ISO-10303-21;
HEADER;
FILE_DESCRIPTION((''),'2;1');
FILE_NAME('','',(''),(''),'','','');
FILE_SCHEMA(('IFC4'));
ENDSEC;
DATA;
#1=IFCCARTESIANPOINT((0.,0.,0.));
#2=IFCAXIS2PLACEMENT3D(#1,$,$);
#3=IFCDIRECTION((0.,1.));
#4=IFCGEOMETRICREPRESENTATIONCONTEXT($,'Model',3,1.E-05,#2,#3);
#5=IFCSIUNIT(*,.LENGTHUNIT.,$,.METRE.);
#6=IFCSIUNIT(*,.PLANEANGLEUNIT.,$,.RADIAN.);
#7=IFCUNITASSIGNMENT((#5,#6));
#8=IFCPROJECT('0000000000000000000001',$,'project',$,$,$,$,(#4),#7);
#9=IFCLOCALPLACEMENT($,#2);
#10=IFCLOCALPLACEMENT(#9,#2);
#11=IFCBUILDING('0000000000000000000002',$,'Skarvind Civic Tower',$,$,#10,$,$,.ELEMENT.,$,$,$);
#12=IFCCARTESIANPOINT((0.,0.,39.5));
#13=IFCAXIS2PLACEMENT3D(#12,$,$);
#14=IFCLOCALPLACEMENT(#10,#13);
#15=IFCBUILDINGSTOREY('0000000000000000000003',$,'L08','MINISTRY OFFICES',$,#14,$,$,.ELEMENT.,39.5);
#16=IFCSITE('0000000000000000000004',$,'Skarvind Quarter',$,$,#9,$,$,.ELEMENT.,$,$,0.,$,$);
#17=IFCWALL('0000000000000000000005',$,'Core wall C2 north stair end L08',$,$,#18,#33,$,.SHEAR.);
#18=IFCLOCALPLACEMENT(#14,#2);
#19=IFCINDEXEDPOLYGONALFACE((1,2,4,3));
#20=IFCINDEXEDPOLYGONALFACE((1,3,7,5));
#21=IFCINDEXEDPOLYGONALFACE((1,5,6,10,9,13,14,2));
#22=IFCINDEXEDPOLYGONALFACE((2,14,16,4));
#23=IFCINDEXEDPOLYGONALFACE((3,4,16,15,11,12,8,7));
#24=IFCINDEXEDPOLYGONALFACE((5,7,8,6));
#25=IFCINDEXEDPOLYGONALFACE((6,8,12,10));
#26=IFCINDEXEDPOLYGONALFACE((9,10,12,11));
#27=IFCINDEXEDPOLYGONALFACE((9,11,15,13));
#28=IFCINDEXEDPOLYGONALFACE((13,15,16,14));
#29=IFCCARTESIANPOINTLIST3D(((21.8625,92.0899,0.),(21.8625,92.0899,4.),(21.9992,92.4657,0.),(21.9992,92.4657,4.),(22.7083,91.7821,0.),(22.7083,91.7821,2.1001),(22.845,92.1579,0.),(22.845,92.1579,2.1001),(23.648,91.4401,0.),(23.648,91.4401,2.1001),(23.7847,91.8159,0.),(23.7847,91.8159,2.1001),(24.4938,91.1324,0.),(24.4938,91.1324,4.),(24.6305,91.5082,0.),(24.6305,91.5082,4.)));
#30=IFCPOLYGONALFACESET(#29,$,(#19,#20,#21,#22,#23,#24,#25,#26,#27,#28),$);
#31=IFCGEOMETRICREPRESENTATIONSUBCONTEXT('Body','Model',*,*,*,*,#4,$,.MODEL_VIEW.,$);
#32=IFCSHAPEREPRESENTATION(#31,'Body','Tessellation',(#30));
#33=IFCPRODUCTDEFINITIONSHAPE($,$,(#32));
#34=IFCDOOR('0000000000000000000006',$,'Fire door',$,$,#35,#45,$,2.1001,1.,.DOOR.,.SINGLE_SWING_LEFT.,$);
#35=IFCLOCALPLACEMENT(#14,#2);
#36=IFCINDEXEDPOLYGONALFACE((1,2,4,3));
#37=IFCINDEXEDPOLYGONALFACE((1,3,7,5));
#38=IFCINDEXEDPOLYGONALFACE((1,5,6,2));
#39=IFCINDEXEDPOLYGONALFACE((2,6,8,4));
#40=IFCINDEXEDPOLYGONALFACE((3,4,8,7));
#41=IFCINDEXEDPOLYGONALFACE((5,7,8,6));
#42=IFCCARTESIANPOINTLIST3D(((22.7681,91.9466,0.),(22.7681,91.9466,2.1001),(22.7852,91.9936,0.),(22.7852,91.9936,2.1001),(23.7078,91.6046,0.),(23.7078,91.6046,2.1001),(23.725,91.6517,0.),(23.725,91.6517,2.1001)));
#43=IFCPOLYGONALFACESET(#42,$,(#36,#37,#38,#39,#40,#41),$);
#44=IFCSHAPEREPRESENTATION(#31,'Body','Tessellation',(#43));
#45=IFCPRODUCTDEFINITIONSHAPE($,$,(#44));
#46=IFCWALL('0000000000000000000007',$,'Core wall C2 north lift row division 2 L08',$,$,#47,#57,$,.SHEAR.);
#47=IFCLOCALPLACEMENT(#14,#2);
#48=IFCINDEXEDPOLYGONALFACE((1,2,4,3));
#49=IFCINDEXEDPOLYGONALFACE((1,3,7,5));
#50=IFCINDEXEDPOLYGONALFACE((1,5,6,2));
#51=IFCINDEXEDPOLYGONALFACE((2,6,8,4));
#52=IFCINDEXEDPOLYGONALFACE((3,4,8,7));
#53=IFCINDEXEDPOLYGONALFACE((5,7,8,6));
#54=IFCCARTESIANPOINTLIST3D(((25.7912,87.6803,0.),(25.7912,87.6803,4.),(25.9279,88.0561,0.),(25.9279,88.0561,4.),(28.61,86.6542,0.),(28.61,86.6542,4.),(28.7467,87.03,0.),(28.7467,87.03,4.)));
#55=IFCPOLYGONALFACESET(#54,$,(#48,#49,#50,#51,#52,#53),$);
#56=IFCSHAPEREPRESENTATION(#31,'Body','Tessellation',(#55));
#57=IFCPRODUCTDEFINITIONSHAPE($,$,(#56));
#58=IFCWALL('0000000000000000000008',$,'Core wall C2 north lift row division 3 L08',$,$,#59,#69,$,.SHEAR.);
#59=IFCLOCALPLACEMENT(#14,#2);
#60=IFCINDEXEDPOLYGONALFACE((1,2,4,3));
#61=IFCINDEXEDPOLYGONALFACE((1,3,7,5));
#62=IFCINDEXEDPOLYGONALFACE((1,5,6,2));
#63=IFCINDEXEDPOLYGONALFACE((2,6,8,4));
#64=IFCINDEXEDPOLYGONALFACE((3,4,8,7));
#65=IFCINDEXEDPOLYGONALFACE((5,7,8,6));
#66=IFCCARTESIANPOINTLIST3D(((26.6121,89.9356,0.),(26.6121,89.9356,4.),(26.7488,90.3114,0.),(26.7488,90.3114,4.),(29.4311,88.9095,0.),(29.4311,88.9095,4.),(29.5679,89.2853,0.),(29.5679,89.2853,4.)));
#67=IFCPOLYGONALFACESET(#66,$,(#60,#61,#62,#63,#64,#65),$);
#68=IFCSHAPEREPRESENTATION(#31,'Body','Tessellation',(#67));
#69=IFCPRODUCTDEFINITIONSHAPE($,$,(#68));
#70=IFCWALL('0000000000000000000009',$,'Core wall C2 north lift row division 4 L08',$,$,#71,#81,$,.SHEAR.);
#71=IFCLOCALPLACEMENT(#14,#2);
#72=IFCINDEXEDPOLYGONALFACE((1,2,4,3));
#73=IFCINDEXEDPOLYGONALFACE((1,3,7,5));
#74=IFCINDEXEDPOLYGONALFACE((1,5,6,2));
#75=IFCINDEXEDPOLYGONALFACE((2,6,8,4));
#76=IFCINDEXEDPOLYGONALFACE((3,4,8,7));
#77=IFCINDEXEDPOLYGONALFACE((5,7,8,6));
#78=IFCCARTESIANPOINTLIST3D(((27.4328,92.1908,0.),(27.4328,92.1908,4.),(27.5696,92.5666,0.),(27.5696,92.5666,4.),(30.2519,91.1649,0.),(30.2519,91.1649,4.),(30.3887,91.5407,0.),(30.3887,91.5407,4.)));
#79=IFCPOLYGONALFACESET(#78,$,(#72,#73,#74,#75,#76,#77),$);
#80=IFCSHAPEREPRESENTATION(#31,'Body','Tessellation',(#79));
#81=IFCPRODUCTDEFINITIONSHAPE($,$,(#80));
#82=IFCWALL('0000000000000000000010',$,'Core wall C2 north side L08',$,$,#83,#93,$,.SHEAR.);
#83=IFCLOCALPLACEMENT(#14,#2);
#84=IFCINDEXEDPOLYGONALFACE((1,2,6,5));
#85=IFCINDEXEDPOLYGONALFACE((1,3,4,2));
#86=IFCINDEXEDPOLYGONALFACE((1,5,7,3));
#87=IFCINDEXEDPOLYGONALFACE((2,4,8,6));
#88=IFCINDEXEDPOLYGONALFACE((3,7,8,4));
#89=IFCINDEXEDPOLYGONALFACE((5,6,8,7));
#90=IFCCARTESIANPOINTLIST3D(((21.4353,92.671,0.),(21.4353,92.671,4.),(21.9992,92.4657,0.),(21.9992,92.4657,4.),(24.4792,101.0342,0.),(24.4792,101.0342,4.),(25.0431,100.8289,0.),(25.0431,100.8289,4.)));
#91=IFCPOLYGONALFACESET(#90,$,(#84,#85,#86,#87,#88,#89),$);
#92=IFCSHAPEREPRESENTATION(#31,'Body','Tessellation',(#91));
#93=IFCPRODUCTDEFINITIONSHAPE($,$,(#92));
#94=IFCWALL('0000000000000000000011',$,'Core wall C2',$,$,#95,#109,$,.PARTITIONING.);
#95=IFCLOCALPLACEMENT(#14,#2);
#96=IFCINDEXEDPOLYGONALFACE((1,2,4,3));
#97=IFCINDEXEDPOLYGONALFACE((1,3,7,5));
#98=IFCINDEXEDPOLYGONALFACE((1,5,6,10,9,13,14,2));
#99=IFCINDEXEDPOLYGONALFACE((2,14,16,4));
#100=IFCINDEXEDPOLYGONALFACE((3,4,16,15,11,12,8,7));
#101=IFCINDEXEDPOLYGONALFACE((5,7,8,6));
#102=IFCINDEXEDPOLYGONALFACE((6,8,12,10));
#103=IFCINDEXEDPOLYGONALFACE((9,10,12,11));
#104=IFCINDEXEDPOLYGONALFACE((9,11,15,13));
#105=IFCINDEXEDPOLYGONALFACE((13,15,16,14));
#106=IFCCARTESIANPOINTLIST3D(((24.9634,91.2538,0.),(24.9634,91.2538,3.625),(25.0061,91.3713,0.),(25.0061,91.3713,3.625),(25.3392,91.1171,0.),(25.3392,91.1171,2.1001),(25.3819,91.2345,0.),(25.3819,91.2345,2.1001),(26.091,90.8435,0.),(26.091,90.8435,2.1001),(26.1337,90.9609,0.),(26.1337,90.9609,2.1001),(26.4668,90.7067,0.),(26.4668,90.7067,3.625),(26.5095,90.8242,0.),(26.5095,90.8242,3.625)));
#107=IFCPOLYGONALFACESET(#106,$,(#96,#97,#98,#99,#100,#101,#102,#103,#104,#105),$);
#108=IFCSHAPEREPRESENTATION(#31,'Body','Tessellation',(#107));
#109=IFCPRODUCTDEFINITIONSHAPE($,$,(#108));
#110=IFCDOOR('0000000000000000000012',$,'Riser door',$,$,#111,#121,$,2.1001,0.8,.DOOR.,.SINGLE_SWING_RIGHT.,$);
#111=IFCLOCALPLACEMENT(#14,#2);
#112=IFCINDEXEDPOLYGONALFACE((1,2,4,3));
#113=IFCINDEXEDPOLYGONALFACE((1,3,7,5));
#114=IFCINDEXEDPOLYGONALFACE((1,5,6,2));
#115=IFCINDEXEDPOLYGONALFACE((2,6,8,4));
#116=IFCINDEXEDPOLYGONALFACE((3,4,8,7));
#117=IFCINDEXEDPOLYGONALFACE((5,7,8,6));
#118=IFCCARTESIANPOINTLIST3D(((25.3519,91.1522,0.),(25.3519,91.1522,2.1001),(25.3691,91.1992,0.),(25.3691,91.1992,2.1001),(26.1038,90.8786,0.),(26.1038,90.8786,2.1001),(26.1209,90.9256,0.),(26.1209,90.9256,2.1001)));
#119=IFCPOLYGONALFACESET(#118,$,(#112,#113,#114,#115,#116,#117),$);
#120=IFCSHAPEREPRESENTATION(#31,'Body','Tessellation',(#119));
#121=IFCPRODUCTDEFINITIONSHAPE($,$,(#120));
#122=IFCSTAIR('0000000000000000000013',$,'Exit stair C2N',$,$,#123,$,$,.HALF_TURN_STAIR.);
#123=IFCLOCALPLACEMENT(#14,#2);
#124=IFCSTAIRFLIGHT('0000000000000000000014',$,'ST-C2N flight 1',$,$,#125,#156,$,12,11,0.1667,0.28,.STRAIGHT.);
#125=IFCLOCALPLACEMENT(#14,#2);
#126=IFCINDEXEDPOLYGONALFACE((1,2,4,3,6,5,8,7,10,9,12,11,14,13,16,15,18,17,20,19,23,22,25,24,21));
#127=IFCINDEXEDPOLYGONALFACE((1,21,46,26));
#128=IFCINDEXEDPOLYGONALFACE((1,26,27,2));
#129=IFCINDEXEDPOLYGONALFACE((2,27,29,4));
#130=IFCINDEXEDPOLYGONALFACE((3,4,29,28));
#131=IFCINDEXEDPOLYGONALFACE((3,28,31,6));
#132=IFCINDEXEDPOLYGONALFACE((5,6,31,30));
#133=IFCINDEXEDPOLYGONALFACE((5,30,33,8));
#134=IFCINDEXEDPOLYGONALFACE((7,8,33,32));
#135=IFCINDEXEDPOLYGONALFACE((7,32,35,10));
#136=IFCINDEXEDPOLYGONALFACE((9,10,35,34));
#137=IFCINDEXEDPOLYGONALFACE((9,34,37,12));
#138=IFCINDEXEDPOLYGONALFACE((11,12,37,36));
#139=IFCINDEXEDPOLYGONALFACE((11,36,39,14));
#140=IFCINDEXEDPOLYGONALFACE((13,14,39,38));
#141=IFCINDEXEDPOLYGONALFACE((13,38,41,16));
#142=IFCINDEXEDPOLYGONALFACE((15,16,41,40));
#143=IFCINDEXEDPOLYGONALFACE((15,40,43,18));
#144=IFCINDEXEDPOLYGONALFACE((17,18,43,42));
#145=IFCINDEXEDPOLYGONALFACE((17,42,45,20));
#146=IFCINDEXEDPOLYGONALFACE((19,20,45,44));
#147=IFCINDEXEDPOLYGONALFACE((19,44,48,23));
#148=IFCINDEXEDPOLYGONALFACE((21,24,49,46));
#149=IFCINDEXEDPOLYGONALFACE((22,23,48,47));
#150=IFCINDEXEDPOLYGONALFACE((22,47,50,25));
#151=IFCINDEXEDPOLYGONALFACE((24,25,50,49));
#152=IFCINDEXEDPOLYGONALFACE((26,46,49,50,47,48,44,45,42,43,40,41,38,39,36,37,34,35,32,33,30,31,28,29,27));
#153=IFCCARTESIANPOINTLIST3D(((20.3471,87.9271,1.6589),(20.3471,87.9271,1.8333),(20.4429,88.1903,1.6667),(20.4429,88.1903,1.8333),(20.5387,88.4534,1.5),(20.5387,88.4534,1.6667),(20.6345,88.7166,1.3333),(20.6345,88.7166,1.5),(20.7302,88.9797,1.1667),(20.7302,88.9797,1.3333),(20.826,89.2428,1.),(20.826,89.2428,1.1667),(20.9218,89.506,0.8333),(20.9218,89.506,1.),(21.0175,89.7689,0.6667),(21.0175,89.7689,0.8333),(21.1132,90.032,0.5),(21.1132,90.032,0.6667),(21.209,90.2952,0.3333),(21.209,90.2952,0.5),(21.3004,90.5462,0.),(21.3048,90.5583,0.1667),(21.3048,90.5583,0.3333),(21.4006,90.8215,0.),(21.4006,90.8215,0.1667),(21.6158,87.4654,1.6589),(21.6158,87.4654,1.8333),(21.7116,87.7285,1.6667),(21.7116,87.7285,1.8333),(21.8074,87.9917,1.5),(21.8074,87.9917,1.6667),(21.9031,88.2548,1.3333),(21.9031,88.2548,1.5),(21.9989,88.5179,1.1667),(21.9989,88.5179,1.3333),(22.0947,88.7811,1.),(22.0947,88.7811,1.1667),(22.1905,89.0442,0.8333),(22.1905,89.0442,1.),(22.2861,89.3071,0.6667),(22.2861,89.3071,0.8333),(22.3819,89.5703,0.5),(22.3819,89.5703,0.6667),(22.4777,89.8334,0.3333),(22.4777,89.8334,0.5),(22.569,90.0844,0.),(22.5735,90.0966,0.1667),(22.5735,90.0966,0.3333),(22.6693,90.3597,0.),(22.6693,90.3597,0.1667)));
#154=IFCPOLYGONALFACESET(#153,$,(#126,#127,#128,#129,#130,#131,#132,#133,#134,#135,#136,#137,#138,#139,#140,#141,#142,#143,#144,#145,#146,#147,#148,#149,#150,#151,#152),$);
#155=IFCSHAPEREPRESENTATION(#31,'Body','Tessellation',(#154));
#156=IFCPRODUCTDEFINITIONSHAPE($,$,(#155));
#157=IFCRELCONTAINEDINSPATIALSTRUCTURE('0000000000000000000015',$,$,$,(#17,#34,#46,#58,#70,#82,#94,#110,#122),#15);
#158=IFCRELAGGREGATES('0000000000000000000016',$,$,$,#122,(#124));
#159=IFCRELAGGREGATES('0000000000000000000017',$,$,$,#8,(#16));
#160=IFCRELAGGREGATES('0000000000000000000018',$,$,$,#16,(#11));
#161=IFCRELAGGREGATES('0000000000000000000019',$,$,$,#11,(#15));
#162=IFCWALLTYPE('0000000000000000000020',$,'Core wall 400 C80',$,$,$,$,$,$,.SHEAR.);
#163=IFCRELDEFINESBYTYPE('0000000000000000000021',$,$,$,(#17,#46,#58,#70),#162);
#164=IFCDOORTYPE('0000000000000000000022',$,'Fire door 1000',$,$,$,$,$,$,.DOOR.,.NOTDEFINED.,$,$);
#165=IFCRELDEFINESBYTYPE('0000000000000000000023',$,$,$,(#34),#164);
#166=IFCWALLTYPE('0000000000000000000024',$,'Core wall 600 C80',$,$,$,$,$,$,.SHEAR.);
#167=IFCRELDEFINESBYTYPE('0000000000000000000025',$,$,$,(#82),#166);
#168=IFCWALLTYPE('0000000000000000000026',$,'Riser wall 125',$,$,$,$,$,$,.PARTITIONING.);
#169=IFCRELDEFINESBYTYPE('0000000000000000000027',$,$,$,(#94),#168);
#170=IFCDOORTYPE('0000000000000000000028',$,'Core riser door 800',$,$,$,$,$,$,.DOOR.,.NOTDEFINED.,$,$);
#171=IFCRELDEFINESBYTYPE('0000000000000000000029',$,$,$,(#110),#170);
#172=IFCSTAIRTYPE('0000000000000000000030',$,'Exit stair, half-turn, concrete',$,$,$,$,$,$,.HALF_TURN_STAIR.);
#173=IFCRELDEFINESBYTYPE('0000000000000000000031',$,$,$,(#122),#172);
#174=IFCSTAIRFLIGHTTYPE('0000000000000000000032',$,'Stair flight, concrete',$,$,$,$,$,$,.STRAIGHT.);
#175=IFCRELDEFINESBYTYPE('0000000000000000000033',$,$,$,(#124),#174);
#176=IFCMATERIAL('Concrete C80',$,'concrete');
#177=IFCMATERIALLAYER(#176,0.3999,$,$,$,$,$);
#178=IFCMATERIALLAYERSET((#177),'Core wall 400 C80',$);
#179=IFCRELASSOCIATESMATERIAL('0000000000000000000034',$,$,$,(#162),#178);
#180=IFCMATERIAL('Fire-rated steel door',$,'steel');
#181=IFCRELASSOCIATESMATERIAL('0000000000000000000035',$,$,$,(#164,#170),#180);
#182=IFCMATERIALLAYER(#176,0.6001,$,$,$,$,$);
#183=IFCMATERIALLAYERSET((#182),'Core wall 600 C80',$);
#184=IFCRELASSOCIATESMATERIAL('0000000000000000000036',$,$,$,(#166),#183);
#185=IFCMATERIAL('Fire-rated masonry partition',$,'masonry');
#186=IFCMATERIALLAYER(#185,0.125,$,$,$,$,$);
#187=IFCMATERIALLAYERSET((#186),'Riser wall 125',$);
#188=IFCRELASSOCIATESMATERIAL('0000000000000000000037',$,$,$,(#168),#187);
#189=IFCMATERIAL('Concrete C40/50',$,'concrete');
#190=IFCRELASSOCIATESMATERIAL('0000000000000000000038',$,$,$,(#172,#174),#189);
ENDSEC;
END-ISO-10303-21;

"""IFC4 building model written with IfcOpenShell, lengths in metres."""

from ifc_helpers import new_model, si_unit, direction, frame, frame_2d, origin, place, context, subcontext, project, spatial, polyline, rectangle, outline, extrude, material, layer, layer_set, type_object, element, fill, aggregate, save


model = new_model("IFC4")

# Units and contexts
model_context = context("Model", 3, precision=1e-05, world=origin(), true_north=direction((0.0, 1.0)))
body_context = subcontext(model_context, "Body", "Model", "MODEL_VIEW")
ifc_project = project(units=[si_unit("LENGTHUNIT", "METRE"), si_unit("PLANEANGLEUNIT", "RADIAN")], contexts=[model_context])

# Site, building, storey
site_placement = place(None, origin())
site = spatial("IfcSite", under=ifc_project, at=site_placement, Name="Skarvind Quarter", CompositionType="ELEMENT", RefElevation=0.0)
building_placement = place(site_placement, origin())
building = spatial("IfcBuilding", under=site, at=building_placement, Name="Skarvind Civic Tower", CompositionType="ELEMENT")
storey_placement = place(building_placement, frame((0.0, 0.0, 39.5)))
storey = spatial("IfcBuildingStorey", under=building, at=storey_placement, Name="L08", Description="MINISTRY OFFICES", CompositionType="ELEMENT", Elevation=39.5)

# Wall, opening, door
ifc_material_1 = material(Name="Concrete C80", Category="concrete")
ifc_layer_1 = layer(ifc_material_1, 0.3999)
ifc_layer_set_1 = layer_set([ifc_layer_1], Name="Core wall 400 C80")
wall_type_1 = type_object("IfcWallType", Name="Core wall 400 C80", PredefinedType="SHEAR", material=ifc_layer_set_1)
wall_1_placement = place(storey_placement, frame((24.562, 91.3203, 0.0), z_axis=(0.0, 0.0, 1.0), x_axis=(-0.939717, 0.341953, 0.0)))
wall_1 = element("IfcWall", 1, at=wall_1_placement, inside=storey, type_object=wall_type_1, Name="Core wall C2 north stair end L08", PredefinedType="SHEAR", context=body_context, shape_type="SweptSolid", body=[
    extrude(rectangle(XDim=2.8, YDim=0.3999, at=frame_2d((1.3999, 0.0))), origin(), (0.0, 0.0, 1.0), 4.0),
])
opening_1_placement = place(wall_1_placement, frame((0.8999, 0.0, 0.0)))
opening_1 = element("IfcOpeningElement", 2, at=opening_1_placement, cuts=wall_1, PredefinedType="OPENING", context=body_context, shape_type="SweptSolid", body=[
    extrude(rectangle(XDim=1.0, YDim=2.1001, at=frame_2d((0.5, 1.05))), frame((0.0, 0.21, 0.0), z_axis=(0.0, -1.0, 0.0), x_axis=(1.0, 0.0, 0.0)), (0.0, 0.0, 1.0), 0.4199),
])
ifc_material_2 = material(Name="Fire-rated steel door", Category="steel")
door_type_1 = type_object("IfcDoorType", Name="Fire door 1000", OperationType="NOTDEFINED", PredefinedType="DOOR", material=ifc_material_2)
door_1_placement = place(opening_1_placement, origin())
door_1 = element("IfcDoor", 3, at=door_1_placement, inside=storey, type_object=door_type_1, Name="Fire door", OperationType="SINGLE_SWING_LEFT", OverallHeight=2.1001, OverallWidth=1.0, PredefinedType="DOOR", context=body_context, shape_type="SweptSolid", body=[
    extrude(rectangle(XDim=1.0, YDim=2.1001, at=frame_2d((0.5, 1.05))), frame((0.0, 0.0249, 0.0), z_axis=(0.0, -1.0, 0.0), x_axis=(1.0, 0.0, 0.0)), (0.0, 0.0, 1.0), 0.05),
])
fill(opening_1, door_1)

# Walls
wall_2_placement = place(storey_placement, frame((28.6785, 86.842, 0.0), z_axis=(0.0, 0.0, 1.0), x_axis=(-0.939677, 0.342063, 0.0)))
element("IfcWall", 4, at=wall_2_placement, inside=storey, type_object=wall_type_1, Name="Core wall C2 north lift row division 2 L08", PredefinedType="SHEAR", context=body_context, shape_type="SweptSolid", body=[
    extrude(rectangle(XDim=2.9998, YDim=0.3999, at=frame_2d((1.5, 0.0))), origin(), (0.0, 0.0, 1.0), 4.0),
])
for number, where, z_axis, x_axis, name in (
    (5, (29.4995, 89.0974, 0.0), (0.0, 0.0, 1.0), (-0.939686, 0.342037, 0.0), "Core wall C2 north lift row division 3 L08"),
    (6, (30.3203, 91.3528, 0.0), (0.0, 0.0, 1.0), (-0.939713, 0.341965, 0.0), "Core wall C2 north lift row division 4 L08"),
):
    element("IfcWall", number, at=place(storey_placement, frame(where, z_axis=z_axis, x_axis=x_axis)), inside=storey, type_object=wall_type_1, Name=name, PredefinedType="SHEAR", context=body_context, shape_type="SweptSolid", body=[
        extrude(rectangle(XDim=3.0, YDim=0.3999, at=frame_2d((1.5, 0.0))), origin(), (0.0, 0.0, 1.0), 4.0),
    ])
ifc_layer_2 = layer(ifc_material_1, 0.6001)
ifc_layer_set_2 = layer_set([ifc_layer_2], Name="Core wall 600 C80")
wall_type_2 = type_object("IfcWallType", Name="Core wall 600 C80", PredefinedType="SHEAR", material=ifc_layer_set_2)
wall_3_placement = place(storey_placement, frame((21.7173, 92.5684, 0.0), z_axis=(0.0, 0.0, 1.0), x_axis=(0.342016, 0.939694, 0.0)))
element("IfcWall", 7, at=wall_3_placement, inside=storey, type_object=wall_type_2, Name="Core wall C2 north side L08", PredefinedType="SHEAR", context=body_context, shape_type="SweptSolid", body=[
    extrude(rectangle(XDim=8.8999, YDim=0.6001, at=frame_2d((4.45, 0.0))), origin(), (0.0, 0.0, 1.0), 4.0),
])

# Wall, opening, door
ifc_material_3 = material(Name="Fire-rated masonry partition", Category="masonry")
ifc_layer_3 = layer(ifc_material_3, 0.125)
ifc_layer_set_3 = layer_set([ifc_layer_3], Name="Riser wall 125")
wall_type_3 = type_object("IfcWallType", Name="Riser wall 125", PredefinedType="PARTITIONING", material=ifc_layer_set_3)
wall_4_placement = place(storey_placement, frame((24.9849, 91.3125, 0.0), z_axis=(0.0, 0.0, 1.0), x_axis=(0.939709, -0.341976, 0.0)))
wall_4 = element("IfcWall", 8, at=wall_4_placement, inside=storey, type_object=wall_type_3, Name="Core wall C2", PredefinedType="PARTITIONING", context=body_context, shape_type="SweptSolid", body=[
    extrude(rectangle(XDim=1.5999, YDim=0.125, at=frame_2d((0.7998, 0.0))), origin(), (0.0, 0.0, 1.0), 3.625),
])
opening_2_placement = place(wall_4_placement, frame((0.3999, 0.0, 0.0)))
opening_2 = element("IfcOpeningElement", 9, at=opening_2_placement, cuts=wall_4, PredefinedType="OPENING", context=body_context, shape_type="SweptSolid", body=[
    extrude(rectangle(XDim=0.8, YDim=2.1001, at=frame_2d((0.3999, 1.05))), frame((0.0, 0.0725, 0.0), z_axis=(0.0, -1.0, 0.0), x_axis=(1.0, 0.0, 0.0)), (0.0, 0.0, 1.0), 0.145),
])
door_type_2 = type_object("IfcDoorType", Name="Core riser door 800", OperationType="NOTDEFINED", PredefinedType="DOOR", material=ifc_material_2)
door_2_placement = place(opening_2_placement, origin())
door_2 = element("IfcDoor", 10, at=door_2_placement, inside=storey, type_object=door_type_2, Name="Riser door", OperationType="SINGLE_SWING_RIGHT", OverallHeight=2.1001, OverallWidth=0.8, PredefinedType="DOOR", context=body_context, shape_type="SweptSolid", body=[
    extrude(rectangle(XDim=0.8, YDim=2.1001, at=frame_2d((0.3999, 1.05))), frame((0.0, 0.0249, 0.0), z_axis=(0.0, -1.0, 0.0), x_axis=(1.0, 0.0, 0.0)), (0.0, 0.0, 1.0), 0.05),
])
fill(opening_2, door_2)

# Stair, stair flight
ifc_material_4 = material(Name="Concrete C40/50", Category="concrete")
stair_type = type_object("IfcStairType", Name="Exit stair, half-turn, concrete", PredefinedType="HALF_TURN_STAIR", material=ifc_material_4)
stair_placement = place(storey_placement, origin())
stair = element("IfcStair", 11, at=stair_placement, inside=storey, type_object=stair_type, Name="Exit stair C2N", PredefinedType="HALF_TURN_STAIR")
stair_flight_type = type_object("IfcStairFlightType", Name="Stair flight, concrete", PredefinedType="STRAIGHT", material=ifc_material_4)
stair_flight_1_placement = place(storey_placement, frame((22.0349, 90.5906, 0.0), z_axis=(0.0, 0.0, 1.0), x_axis=(-0.34202, -0.939693, 0.0)))
stair_flight_1 = element("IfcStairFlight", 12, at=stair_flight_1_placement, type_object=stair_flight_type, Name="ST-C2N flight 1", NumberOfRisers=12, NumberOfTreads=11, PredefinedType="STRAIGHT", RiserHeight=0.1667, TreadLength=0.28, context=body_context, shape_type="SweptSolid", body=[
    extrude(outline(polyline([(0.0, 0.0), (0.0, 0.1667), (0.28, 0.1667), (0.28, 0.3333), (0.5601, 0.3333), (0.5601, 0.5), (0.8401, 0.5), (0.8401, 0.6667), (1.1201, 0.6667), (1.1201, 0.8333), (1.3999, 0.8333), (1.3999, 1.0), (1.6799, 1.0), (1.6799, 1.1667), (1.96, 1.1667), (1.96, 1.3333), (2.24, 1.3333), (2.24, 1.5), (2.52, 1.5), (2.52, 1.6667), (2.8, 1.6667), (2.8, 1.8333), (3.0801, 1.8333), (3.0801, 2.0), (3.0801, 1.6589), (0.293, 0.0), (0.0, 0.0)])), frame((0.0, 0.675, 0.0), z_axis=(0.0, -1.0, 0.0), x_axis=(1.0, 0.0, 0.0)), (0.0, 0.0, 1.0), 1.3501),
])
aggregate(stair, [stair_flight_1])

save(model, "model.ifc")
